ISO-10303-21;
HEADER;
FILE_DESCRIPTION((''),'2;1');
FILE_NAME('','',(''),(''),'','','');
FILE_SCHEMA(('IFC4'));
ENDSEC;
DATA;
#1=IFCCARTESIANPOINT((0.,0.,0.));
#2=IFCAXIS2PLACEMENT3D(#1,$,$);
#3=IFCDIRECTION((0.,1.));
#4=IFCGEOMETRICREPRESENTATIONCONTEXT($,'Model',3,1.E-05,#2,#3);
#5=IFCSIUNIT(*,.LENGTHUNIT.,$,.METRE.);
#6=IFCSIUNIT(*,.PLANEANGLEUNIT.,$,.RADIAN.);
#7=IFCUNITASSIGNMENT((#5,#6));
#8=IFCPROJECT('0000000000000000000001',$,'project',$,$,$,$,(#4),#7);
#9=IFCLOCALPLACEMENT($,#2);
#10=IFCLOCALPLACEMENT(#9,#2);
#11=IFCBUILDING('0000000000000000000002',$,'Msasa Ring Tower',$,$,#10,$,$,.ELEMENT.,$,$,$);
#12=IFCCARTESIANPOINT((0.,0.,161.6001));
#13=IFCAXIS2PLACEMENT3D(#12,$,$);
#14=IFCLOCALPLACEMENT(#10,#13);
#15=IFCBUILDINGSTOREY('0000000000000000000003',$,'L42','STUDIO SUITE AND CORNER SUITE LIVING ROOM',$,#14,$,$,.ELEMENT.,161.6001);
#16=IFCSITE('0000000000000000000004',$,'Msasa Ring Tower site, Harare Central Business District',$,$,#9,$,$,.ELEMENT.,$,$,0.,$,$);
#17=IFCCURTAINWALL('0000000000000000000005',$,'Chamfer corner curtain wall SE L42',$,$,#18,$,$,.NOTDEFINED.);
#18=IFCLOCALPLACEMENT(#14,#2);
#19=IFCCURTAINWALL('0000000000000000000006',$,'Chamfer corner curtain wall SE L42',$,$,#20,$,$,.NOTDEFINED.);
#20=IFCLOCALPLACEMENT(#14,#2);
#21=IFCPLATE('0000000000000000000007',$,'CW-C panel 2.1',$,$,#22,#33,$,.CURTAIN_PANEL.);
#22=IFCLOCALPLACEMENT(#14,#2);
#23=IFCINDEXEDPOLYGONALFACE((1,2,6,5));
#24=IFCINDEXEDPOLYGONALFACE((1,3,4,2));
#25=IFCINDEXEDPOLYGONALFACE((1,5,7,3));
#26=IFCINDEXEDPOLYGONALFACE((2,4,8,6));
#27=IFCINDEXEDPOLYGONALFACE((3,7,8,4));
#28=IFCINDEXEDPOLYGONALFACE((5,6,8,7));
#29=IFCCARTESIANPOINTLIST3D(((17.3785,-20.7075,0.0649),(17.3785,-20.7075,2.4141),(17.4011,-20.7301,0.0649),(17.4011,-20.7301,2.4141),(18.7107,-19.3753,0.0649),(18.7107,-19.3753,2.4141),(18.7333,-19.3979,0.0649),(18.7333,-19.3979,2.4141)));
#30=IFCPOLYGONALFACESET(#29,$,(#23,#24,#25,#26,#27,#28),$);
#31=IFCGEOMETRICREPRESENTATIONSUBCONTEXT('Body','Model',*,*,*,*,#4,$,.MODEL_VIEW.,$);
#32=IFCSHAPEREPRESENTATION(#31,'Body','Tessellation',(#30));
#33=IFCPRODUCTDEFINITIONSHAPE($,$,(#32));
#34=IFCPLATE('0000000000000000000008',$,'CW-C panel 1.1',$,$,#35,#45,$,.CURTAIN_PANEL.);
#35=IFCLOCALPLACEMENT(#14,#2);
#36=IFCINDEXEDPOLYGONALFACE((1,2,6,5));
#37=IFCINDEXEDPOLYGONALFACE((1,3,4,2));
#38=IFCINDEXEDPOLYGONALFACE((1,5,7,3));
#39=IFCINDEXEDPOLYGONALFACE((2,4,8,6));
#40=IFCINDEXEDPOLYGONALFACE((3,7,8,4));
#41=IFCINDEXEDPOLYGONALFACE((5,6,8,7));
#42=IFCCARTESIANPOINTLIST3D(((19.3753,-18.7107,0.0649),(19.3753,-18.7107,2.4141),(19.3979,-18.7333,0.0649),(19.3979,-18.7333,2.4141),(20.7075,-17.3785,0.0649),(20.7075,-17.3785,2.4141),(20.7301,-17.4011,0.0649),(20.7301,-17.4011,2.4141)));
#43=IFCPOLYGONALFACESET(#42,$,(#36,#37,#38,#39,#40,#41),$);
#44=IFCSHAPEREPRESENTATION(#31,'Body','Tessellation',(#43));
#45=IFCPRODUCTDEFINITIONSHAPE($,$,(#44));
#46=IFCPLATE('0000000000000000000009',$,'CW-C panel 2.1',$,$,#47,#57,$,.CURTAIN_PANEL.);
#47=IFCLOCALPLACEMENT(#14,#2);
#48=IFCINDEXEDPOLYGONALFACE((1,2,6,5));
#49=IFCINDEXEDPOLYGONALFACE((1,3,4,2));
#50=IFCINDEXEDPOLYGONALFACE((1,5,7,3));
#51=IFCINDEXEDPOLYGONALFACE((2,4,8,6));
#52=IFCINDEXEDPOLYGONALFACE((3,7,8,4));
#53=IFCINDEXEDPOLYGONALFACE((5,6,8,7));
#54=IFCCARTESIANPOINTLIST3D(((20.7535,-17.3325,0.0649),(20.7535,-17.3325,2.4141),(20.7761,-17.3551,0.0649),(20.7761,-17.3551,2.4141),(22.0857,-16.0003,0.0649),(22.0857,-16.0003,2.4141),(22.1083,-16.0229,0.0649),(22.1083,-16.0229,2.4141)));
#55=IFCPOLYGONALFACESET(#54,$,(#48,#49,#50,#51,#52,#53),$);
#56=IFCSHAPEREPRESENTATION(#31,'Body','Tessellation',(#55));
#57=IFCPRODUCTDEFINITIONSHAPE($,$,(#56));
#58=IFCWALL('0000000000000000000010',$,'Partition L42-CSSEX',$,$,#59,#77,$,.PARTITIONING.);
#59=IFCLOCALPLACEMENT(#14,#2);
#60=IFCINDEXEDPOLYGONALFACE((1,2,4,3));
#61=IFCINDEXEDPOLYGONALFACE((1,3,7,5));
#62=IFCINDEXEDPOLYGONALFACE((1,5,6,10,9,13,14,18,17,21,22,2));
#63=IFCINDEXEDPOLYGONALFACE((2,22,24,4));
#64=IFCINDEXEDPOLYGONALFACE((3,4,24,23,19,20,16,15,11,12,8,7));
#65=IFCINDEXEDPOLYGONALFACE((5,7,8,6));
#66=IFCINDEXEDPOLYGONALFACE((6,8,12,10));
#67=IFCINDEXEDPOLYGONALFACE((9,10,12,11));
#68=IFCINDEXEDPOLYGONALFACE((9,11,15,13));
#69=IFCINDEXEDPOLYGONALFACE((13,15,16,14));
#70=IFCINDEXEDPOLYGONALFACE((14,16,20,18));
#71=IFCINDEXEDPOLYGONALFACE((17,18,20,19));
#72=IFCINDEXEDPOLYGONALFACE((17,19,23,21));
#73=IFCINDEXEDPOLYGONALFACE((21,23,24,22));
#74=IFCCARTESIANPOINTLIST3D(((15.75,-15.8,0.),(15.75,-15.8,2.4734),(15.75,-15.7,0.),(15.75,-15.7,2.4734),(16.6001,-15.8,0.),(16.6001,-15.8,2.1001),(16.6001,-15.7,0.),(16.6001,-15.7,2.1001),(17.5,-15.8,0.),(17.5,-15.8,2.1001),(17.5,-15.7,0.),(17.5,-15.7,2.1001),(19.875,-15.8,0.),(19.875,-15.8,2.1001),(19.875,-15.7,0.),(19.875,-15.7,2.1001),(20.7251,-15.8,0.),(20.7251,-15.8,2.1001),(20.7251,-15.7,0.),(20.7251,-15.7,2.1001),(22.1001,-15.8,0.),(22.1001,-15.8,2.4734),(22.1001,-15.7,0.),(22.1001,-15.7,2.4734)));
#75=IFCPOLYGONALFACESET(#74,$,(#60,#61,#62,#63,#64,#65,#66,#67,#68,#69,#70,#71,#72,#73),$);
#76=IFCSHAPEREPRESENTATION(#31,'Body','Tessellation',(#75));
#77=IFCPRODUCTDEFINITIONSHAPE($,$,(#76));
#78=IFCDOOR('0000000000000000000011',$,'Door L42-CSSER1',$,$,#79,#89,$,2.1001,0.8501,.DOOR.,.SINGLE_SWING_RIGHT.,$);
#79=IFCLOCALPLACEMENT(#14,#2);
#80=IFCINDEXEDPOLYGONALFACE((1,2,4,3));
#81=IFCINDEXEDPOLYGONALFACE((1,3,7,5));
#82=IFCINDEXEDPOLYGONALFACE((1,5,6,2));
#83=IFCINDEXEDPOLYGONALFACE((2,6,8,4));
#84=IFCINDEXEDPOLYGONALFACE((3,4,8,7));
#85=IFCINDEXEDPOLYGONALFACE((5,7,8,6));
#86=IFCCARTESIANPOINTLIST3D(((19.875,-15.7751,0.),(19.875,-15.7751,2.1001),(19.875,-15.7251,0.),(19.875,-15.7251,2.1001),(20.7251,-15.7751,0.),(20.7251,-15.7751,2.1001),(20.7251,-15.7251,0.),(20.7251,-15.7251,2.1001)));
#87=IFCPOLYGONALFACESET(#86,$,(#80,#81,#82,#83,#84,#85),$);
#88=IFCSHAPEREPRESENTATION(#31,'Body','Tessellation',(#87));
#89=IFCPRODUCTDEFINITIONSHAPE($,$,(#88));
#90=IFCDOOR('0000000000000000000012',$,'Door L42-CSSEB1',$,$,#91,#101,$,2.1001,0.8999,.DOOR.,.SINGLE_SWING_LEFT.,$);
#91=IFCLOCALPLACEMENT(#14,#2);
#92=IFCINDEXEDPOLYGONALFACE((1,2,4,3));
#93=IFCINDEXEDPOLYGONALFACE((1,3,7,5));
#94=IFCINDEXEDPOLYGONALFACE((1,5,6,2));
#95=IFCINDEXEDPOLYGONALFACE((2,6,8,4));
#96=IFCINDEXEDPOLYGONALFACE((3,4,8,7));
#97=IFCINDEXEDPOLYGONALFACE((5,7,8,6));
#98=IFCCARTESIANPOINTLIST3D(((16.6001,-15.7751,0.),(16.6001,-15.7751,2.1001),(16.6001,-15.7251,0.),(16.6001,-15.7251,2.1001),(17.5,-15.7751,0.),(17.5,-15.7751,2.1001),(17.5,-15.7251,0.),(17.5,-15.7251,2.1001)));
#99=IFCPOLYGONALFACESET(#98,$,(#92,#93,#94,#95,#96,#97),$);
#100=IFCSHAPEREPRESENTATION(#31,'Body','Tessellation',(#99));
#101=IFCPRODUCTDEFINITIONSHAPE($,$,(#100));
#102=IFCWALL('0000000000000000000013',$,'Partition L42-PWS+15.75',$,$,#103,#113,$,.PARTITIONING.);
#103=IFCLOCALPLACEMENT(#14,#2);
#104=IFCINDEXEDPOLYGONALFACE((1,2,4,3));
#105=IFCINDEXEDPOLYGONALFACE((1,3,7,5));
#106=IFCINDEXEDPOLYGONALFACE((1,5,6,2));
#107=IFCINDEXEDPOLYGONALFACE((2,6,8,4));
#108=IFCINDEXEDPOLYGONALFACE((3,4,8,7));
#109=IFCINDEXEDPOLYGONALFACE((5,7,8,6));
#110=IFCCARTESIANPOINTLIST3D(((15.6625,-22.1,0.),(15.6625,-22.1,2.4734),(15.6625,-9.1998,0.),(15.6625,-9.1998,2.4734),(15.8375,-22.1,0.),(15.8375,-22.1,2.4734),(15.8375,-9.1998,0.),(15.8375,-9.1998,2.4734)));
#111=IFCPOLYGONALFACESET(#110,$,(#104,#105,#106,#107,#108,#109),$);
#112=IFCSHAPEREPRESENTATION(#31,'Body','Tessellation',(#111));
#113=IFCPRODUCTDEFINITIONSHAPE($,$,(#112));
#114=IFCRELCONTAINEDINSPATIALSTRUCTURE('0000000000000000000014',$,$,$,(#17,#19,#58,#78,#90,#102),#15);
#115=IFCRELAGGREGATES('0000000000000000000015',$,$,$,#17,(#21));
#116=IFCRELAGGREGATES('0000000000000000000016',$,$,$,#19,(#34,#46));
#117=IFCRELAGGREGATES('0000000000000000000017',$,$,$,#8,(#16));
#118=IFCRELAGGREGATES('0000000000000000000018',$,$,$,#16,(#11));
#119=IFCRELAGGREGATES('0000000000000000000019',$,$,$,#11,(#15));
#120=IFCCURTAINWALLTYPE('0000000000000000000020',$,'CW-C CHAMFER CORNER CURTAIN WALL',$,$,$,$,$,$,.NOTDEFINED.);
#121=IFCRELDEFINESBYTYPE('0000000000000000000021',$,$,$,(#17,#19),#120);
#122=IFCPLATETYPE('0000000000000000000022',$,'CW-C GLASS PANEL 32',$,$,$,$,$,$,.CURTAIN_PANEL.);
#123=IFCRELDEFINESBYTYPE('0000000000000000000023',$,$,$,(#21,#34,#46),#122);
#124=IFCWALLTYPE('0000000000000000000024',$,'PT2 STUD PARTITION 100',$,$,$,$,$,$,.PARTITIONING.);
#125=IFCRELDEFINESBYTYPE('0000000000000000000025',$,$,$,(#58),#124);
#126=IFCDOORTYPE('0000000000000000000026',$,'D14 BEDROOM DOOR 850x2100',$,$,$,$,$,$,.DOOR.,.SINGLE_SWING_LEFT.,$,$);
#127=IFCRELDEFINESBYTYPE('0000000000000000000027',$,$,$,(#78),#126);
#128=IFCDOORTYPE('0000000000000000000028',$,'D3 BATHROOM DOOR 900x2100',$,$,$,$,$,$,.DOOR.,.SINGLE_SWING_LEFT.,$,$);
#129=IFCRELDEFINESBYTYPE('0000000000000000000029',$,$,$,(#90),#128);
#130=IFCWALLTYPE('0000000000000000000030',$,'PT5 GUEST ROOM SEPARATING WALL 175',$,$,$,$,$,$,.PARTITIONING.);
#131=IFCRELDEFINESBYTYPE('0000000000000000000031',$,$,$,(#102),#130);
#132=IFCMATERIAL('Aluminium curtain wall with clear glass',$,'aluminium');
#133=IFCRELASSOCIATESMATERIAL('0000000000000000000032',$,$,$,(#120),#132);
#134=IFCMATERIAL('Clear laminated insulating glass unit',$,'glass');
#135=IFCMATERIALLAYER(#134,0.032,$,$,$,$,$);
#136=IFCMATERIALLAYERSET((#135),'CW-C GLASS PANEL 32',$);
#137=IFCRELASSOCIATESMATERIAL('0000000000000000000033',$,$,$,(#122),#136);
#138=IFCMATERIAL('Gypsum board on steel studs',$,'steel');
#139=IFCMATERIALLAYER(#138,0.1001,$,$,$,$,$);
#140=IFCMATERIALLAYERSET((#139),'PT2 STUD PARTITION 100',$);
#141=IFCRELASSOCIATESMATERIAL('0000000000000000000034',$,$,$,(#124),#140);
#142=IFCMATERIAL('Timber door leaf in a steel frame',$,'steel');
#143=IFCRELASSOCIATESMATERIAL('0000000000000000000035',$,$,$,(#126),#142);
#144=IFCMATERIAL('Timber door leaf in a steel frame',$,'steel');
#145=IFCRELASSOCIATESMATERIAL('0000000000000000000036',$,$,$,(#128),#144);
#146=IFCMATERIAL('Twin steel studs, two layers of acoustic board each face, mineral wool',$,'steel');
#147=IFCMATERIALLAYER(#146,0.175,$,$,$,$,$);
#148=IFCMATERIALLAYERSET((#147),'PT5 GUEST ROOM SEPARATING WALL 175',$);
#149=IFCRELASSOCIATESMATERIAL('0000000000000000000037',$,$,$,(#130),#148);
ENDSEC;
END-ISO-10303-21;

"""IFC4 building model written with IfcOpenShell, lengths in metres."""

from ifc_helpers import new_model, si_unit, direction, frame, frame_2d, origin, origin_2d, place, context, subcontext, project, spatial, rectangle, extrude, material, layer, layer_set, type_object, element, fill, aggregate, save


model = new_model("IFC4")

# Units and contexts
model_context = context("Model", 3, precision=1e-05, world=origin(), true_north=direction((0.0, 1.0)))
body_context = subcontext(model_context, "Body", "Model", "MODEL_VIEW")
ifc_project = project(units=[si_unit("LENGTHUNIT", "METRE"), si_unit("PLANEANGLEUNIT", "RADIAN")], contexts=[model_context])

# Site, building, storey
site_placement = place(None, origin())
site = spatial("IfcSite", under=ifc_project, at=site_placement, Name="Msasa Ring Tower site, Harare Central Business District", CompositionType="ELEMENT", RefElevation=0.0)
building_placement = place(site_placement, origin())
building = spatial("IfcBuilding", under=site, at=building_placement, Name="Msasa Ring Tower", CompositionType="ELEMENT")
storey_placement = place(building_placement, frame((0.0, 0.0, 161.6001)))
storey = spatial("IfcBuildingStorey", under=building, at=storey_placement, Name="L42", Description="STUDIO SUITE AND CORNER SUITE LIVING ROOM", CompositionType="ELEMENT", Elevation=161.6001)

# Curtain walls
ifc_material_1 = material(Name="Aluminium curtain wall with clear glass", Category="aluminium")
curtain_wall_type = type_object("IfcCurtainWallType", Name="CW-C CHAMFER CORNER CURTAIN WALL", PredefinedType="NOTDEFINED", material=ifc_material_1)
curtain_wall_1_placement = place(storey_placement, origin())
curtain_wall_1 = element("IfcCurtainWall", 1, at=curtain_wall_1_placement, inside=storey, type_object=curtain_wall_type, Name="Chamfer corner curtain wall SE L42", PredefinedType="NOTDEFINED")
curtain_wall_2_placement = place(storey_placement, origin())
curtain_wall_2 = element("IfcCurtainWall", 2, at=curtain_wall_2_placement, inside=storey, type_object=curtain_wall_type, Name="Chamfer corner curtain wall SE L42", PredefinedType="NOTDEFINED")

# Plates
ifc_material_2 = material(Name="Clear laminated insulating glass unit", Category="glass")
ifc_layer_1 = layer(ifc_material_2, 0.032)
ifc_layer_set_1 = layer_set([ifc_layer_1], Name="CW-C GLASS PANEL 32")
plate_type = type_object("IfcPlateType", Name="CW-C GLASS PANEL 32", PredefinedType="CURTAIN_PANEL", material=ifc_layer_set_1)
plate_1_placement = place(storey_placement, frame((18.0559, -20.0527, 0.0649), z_axis=(0.0, 0.0, 1.0), x_axis=(0.707107, 0.707107, 0.0)))
plate_1 = element("IfcPlate", 3, at=plate_1_placement, type_object=plate_type, Name="CW-C panel 2.1", PredefinedType="CURTAIN_PANEL", context=body_context, shape_type="SweptSolid", body=[
    extrude(rectangle(XDim=1.884, YDim=0.032, at=origin_2d()), origin(), (0.0, 0.0, 1.0), 2.3491),
])
aggregate(curtain_wall_1, [plate_1])
plate_2_placement = place(storey_placement, frame((20.0527, -18.0559, 0.0649), z_axis=(0.0, 0.0, 1.0), x_axis=(0.707107, 0.707107, 0.0)))
plate_2 = element("IfcPlate", 4, at=plate_2_placement, type_object=plate_type, Name="CW-C panel 1.1", PredefinedType="CURTAIN_PANEL", context=body_context, shape_type="SweptSolid", body=[
    extrude(rectangle(XDim=1.884, YDim=0.032, at=origin_2d()), origin(), (0.0, 0.0, 1.0), 2.3491),
])
plate_3_placement = place(storey_placement, frame((21.4309, -16.6777, 0.0649), z_axis=(0.0, 0.0, 1.0), x_axis=(0.707107, 0.707107, 0.0)))
plate_3 = element("IfcPlate", 5, at=plate_3_placement, type_object=plate_type, Name="CW-C panel 2.1", PredefinedType="CURTAIN_PANEL", context=body_context, shape_type="SweptSolid", body=[
    extrude(rectangle(XDim=1.884, YDim=0.032, at=origin_2d()), origin(), (0.0, 0.0, 1.0), 2.3491),
])
aggregate(curtain_wall_2, [plate_2, plate_3])

# Wall, openings, doors
ifc_material_3 = material(Name="Gypsum board on steel studs", Category="steel")
ifc_layer_2 = layer(ifc_material_3, 0.1001)
ifc_layer_set_2 = layer_set([ifc_layer_2], Name="PT2 STUD PARTITION 100")
wall_type_1 = type_object("IfcWallType", Name="PT2 STUD PARTITION 100", PredefinedType="PARTITIONING", material=ifc_layer_set_2)
wall_1_placement = place(storey_placement, frame((15.75, -15.75, 0.0), z_axis=(0.0, 0.0, 1.0), x_axis=(1.0, 0.0, 0.0)))
wall_1 = element("IfcWall", 6, at=wall_1_placement, inside=storey, type_object=wall_type_1, Name="Partition L42-CSSEX", PredefinedType="PARTITIONING", context=body_context, shape_type="SweptSolid", body=[
    extrude(rectangle(XDim=6.3501, YDim=0.1001, at=frame_2d((3.175, 0.0))), origin(), (0.0, 0.0, 1.0), 2.4734),
])
opening_1_placement = place(wall_1_placement, frame((4.125, 0.0, 0.0)))
opening_1 = element("IfcOpeningElement", 7, at=opening_1_placement, cuts=wall_1, PredefinedType="OPENING", context=body_context, shape_type="SweptSolid", body=[
    extrude(rectangle(XDim=0.8501, YDim=2.1001, at=frame_2d((0.425, 1.05))), frame((0.0, 0.0601, 0.0), z_axis=(0.0, -1.0, 0.0), x_axis=(1.0, 0.0, 0.0)), (0.0, 0.0, 1.0), 0.1201),
])
opening_2_placement = place(wall_1_placement, frame((0.8501, 0.0, 0.0)))
opening_2 = element("IfcOpeningElement", 8, at=opening_2_placement, cuts=wall_1, PredefinedType="OPENING", context=body_context, shape_type="SweptSolid", body=[
    extrude(rectangle(XDim=0.8999, YDim=2.1001, at=frame_2d((0.45, 1.05))), frame((0.0, 0.0601, 0.0), z_axis=(0.0, -1.0, 0.0), x_axis=(1.0, 0.0, 0.0)), (0.0, 0.0, 1.0), 0.1201),
])
ifc_material_4 = material(Name="Timber door leaf in a steel frame", Category="steel")
door_type_1 = type_object("IfcDoorType", Name="D14 BEDROOM DOOR 850x2100", OperationType="SINGLE_SWING_LEFT", PredefinedType="DOOR", material=ifc_material_4)
door_1_placement = place(opening_1_placement, origin())
door_1 = element("IfcDoor", 9, at=door_1_placement, inside=storey, type_object=door_type_1, Name="Door L42-CSSER1", OperationType="SINGLE_SWING_RIGHT", OverallHeight=2.1001, OverallWidth=0.8501, PredefinedType="DOOR", context=body_context, shape_type="SweptSolid", body=[
    extrude(rectangle(XDim=0.8501, YDim=2.1001, at=frame_2d((0.425, 1.05))), frame((0.0, 0.0249, 0.0), z_axis=(0.0, -1.0, 0.0), x_axis=(1.0, 0.0, 0.0)), (0.0, 0.0, 1.0), 0.05),
])
fill(opening_1, door_1)
ifc_material_5 = material(Name="Timber door leaf in a steel frame", Category="steel")
door_type_2 = type_object("IfcDoorType", Name="D3 BATHROOM DOOR 900x2100", OperationType="SINGLE_SWING_LEFT", PredefinedType="DOOR", material=ifc_material_5)
door_2_placement = place(opening_2_placement, origin())
door_2 = element("IfcDoor", 10, at=door_2_placement, inside=storey, type_object=door_type_2, Name="Door L42-CSSEB1", OperationType="SINGLE_SWING_LEFT", OverallHeight=2.1001, OverallWidth=0.8999, PredefinedType="DOOR", context=body_context, shape_type="SweptSolid", body=[
    extrude(rectangle(XDim=0.8999, YDim=2.1001, at=frame_2d((0.45, 1.05))), frame((0.0, 0.0249, 0.0), z_axis=(0.0, -1.0, 0.0), x_axis=(1.0, 0.0, 0.0)), (0.0, 0.0, 1.0), 0.05),
])
fill(opening_2, door_2)

# Wall
ifc_material_6 = material(Name="Twin steel studs, two layers of acoustic board each face, mineral wool", Category="steel")
ifc_layer_3 = layer(ifc_material_6, 0.175)
ifc_layer_set_3 = layer_set([ifc_layer_3], Name="PT5 GUEST ROOM SEPARATING WALL 175")
wall_type_2 = type_object("IfcWallType", Name="PT5 GUEST ROOM SEPARATING WALL 175", PredefinedType="PARTITIONING", material=ifc_layer_set_3)
wall_2_placement = place(storey_placement, frame((15.75, -22.1001, 0.0), z_axis=(0.0, 0.0, 1.0), x_axis=(0.0, 1.0, 0.0)))
element("IfcWall", 11, at=wall_2_placement, inside=storey, type_object=wall_type_2, Name="Partition L42-PWS+15.75", PredefinedType="PARTITIONING", context=body_context, shape_type="SweptSolid", body=[
    extrude(rectangle(XDim=12.9001, YDim=0.175, at=frame_2d((6.4502, 0.0))), origin(), (0.0, 0.0, 1.0), 2.4734),
])

save(model, "model.ifc")
